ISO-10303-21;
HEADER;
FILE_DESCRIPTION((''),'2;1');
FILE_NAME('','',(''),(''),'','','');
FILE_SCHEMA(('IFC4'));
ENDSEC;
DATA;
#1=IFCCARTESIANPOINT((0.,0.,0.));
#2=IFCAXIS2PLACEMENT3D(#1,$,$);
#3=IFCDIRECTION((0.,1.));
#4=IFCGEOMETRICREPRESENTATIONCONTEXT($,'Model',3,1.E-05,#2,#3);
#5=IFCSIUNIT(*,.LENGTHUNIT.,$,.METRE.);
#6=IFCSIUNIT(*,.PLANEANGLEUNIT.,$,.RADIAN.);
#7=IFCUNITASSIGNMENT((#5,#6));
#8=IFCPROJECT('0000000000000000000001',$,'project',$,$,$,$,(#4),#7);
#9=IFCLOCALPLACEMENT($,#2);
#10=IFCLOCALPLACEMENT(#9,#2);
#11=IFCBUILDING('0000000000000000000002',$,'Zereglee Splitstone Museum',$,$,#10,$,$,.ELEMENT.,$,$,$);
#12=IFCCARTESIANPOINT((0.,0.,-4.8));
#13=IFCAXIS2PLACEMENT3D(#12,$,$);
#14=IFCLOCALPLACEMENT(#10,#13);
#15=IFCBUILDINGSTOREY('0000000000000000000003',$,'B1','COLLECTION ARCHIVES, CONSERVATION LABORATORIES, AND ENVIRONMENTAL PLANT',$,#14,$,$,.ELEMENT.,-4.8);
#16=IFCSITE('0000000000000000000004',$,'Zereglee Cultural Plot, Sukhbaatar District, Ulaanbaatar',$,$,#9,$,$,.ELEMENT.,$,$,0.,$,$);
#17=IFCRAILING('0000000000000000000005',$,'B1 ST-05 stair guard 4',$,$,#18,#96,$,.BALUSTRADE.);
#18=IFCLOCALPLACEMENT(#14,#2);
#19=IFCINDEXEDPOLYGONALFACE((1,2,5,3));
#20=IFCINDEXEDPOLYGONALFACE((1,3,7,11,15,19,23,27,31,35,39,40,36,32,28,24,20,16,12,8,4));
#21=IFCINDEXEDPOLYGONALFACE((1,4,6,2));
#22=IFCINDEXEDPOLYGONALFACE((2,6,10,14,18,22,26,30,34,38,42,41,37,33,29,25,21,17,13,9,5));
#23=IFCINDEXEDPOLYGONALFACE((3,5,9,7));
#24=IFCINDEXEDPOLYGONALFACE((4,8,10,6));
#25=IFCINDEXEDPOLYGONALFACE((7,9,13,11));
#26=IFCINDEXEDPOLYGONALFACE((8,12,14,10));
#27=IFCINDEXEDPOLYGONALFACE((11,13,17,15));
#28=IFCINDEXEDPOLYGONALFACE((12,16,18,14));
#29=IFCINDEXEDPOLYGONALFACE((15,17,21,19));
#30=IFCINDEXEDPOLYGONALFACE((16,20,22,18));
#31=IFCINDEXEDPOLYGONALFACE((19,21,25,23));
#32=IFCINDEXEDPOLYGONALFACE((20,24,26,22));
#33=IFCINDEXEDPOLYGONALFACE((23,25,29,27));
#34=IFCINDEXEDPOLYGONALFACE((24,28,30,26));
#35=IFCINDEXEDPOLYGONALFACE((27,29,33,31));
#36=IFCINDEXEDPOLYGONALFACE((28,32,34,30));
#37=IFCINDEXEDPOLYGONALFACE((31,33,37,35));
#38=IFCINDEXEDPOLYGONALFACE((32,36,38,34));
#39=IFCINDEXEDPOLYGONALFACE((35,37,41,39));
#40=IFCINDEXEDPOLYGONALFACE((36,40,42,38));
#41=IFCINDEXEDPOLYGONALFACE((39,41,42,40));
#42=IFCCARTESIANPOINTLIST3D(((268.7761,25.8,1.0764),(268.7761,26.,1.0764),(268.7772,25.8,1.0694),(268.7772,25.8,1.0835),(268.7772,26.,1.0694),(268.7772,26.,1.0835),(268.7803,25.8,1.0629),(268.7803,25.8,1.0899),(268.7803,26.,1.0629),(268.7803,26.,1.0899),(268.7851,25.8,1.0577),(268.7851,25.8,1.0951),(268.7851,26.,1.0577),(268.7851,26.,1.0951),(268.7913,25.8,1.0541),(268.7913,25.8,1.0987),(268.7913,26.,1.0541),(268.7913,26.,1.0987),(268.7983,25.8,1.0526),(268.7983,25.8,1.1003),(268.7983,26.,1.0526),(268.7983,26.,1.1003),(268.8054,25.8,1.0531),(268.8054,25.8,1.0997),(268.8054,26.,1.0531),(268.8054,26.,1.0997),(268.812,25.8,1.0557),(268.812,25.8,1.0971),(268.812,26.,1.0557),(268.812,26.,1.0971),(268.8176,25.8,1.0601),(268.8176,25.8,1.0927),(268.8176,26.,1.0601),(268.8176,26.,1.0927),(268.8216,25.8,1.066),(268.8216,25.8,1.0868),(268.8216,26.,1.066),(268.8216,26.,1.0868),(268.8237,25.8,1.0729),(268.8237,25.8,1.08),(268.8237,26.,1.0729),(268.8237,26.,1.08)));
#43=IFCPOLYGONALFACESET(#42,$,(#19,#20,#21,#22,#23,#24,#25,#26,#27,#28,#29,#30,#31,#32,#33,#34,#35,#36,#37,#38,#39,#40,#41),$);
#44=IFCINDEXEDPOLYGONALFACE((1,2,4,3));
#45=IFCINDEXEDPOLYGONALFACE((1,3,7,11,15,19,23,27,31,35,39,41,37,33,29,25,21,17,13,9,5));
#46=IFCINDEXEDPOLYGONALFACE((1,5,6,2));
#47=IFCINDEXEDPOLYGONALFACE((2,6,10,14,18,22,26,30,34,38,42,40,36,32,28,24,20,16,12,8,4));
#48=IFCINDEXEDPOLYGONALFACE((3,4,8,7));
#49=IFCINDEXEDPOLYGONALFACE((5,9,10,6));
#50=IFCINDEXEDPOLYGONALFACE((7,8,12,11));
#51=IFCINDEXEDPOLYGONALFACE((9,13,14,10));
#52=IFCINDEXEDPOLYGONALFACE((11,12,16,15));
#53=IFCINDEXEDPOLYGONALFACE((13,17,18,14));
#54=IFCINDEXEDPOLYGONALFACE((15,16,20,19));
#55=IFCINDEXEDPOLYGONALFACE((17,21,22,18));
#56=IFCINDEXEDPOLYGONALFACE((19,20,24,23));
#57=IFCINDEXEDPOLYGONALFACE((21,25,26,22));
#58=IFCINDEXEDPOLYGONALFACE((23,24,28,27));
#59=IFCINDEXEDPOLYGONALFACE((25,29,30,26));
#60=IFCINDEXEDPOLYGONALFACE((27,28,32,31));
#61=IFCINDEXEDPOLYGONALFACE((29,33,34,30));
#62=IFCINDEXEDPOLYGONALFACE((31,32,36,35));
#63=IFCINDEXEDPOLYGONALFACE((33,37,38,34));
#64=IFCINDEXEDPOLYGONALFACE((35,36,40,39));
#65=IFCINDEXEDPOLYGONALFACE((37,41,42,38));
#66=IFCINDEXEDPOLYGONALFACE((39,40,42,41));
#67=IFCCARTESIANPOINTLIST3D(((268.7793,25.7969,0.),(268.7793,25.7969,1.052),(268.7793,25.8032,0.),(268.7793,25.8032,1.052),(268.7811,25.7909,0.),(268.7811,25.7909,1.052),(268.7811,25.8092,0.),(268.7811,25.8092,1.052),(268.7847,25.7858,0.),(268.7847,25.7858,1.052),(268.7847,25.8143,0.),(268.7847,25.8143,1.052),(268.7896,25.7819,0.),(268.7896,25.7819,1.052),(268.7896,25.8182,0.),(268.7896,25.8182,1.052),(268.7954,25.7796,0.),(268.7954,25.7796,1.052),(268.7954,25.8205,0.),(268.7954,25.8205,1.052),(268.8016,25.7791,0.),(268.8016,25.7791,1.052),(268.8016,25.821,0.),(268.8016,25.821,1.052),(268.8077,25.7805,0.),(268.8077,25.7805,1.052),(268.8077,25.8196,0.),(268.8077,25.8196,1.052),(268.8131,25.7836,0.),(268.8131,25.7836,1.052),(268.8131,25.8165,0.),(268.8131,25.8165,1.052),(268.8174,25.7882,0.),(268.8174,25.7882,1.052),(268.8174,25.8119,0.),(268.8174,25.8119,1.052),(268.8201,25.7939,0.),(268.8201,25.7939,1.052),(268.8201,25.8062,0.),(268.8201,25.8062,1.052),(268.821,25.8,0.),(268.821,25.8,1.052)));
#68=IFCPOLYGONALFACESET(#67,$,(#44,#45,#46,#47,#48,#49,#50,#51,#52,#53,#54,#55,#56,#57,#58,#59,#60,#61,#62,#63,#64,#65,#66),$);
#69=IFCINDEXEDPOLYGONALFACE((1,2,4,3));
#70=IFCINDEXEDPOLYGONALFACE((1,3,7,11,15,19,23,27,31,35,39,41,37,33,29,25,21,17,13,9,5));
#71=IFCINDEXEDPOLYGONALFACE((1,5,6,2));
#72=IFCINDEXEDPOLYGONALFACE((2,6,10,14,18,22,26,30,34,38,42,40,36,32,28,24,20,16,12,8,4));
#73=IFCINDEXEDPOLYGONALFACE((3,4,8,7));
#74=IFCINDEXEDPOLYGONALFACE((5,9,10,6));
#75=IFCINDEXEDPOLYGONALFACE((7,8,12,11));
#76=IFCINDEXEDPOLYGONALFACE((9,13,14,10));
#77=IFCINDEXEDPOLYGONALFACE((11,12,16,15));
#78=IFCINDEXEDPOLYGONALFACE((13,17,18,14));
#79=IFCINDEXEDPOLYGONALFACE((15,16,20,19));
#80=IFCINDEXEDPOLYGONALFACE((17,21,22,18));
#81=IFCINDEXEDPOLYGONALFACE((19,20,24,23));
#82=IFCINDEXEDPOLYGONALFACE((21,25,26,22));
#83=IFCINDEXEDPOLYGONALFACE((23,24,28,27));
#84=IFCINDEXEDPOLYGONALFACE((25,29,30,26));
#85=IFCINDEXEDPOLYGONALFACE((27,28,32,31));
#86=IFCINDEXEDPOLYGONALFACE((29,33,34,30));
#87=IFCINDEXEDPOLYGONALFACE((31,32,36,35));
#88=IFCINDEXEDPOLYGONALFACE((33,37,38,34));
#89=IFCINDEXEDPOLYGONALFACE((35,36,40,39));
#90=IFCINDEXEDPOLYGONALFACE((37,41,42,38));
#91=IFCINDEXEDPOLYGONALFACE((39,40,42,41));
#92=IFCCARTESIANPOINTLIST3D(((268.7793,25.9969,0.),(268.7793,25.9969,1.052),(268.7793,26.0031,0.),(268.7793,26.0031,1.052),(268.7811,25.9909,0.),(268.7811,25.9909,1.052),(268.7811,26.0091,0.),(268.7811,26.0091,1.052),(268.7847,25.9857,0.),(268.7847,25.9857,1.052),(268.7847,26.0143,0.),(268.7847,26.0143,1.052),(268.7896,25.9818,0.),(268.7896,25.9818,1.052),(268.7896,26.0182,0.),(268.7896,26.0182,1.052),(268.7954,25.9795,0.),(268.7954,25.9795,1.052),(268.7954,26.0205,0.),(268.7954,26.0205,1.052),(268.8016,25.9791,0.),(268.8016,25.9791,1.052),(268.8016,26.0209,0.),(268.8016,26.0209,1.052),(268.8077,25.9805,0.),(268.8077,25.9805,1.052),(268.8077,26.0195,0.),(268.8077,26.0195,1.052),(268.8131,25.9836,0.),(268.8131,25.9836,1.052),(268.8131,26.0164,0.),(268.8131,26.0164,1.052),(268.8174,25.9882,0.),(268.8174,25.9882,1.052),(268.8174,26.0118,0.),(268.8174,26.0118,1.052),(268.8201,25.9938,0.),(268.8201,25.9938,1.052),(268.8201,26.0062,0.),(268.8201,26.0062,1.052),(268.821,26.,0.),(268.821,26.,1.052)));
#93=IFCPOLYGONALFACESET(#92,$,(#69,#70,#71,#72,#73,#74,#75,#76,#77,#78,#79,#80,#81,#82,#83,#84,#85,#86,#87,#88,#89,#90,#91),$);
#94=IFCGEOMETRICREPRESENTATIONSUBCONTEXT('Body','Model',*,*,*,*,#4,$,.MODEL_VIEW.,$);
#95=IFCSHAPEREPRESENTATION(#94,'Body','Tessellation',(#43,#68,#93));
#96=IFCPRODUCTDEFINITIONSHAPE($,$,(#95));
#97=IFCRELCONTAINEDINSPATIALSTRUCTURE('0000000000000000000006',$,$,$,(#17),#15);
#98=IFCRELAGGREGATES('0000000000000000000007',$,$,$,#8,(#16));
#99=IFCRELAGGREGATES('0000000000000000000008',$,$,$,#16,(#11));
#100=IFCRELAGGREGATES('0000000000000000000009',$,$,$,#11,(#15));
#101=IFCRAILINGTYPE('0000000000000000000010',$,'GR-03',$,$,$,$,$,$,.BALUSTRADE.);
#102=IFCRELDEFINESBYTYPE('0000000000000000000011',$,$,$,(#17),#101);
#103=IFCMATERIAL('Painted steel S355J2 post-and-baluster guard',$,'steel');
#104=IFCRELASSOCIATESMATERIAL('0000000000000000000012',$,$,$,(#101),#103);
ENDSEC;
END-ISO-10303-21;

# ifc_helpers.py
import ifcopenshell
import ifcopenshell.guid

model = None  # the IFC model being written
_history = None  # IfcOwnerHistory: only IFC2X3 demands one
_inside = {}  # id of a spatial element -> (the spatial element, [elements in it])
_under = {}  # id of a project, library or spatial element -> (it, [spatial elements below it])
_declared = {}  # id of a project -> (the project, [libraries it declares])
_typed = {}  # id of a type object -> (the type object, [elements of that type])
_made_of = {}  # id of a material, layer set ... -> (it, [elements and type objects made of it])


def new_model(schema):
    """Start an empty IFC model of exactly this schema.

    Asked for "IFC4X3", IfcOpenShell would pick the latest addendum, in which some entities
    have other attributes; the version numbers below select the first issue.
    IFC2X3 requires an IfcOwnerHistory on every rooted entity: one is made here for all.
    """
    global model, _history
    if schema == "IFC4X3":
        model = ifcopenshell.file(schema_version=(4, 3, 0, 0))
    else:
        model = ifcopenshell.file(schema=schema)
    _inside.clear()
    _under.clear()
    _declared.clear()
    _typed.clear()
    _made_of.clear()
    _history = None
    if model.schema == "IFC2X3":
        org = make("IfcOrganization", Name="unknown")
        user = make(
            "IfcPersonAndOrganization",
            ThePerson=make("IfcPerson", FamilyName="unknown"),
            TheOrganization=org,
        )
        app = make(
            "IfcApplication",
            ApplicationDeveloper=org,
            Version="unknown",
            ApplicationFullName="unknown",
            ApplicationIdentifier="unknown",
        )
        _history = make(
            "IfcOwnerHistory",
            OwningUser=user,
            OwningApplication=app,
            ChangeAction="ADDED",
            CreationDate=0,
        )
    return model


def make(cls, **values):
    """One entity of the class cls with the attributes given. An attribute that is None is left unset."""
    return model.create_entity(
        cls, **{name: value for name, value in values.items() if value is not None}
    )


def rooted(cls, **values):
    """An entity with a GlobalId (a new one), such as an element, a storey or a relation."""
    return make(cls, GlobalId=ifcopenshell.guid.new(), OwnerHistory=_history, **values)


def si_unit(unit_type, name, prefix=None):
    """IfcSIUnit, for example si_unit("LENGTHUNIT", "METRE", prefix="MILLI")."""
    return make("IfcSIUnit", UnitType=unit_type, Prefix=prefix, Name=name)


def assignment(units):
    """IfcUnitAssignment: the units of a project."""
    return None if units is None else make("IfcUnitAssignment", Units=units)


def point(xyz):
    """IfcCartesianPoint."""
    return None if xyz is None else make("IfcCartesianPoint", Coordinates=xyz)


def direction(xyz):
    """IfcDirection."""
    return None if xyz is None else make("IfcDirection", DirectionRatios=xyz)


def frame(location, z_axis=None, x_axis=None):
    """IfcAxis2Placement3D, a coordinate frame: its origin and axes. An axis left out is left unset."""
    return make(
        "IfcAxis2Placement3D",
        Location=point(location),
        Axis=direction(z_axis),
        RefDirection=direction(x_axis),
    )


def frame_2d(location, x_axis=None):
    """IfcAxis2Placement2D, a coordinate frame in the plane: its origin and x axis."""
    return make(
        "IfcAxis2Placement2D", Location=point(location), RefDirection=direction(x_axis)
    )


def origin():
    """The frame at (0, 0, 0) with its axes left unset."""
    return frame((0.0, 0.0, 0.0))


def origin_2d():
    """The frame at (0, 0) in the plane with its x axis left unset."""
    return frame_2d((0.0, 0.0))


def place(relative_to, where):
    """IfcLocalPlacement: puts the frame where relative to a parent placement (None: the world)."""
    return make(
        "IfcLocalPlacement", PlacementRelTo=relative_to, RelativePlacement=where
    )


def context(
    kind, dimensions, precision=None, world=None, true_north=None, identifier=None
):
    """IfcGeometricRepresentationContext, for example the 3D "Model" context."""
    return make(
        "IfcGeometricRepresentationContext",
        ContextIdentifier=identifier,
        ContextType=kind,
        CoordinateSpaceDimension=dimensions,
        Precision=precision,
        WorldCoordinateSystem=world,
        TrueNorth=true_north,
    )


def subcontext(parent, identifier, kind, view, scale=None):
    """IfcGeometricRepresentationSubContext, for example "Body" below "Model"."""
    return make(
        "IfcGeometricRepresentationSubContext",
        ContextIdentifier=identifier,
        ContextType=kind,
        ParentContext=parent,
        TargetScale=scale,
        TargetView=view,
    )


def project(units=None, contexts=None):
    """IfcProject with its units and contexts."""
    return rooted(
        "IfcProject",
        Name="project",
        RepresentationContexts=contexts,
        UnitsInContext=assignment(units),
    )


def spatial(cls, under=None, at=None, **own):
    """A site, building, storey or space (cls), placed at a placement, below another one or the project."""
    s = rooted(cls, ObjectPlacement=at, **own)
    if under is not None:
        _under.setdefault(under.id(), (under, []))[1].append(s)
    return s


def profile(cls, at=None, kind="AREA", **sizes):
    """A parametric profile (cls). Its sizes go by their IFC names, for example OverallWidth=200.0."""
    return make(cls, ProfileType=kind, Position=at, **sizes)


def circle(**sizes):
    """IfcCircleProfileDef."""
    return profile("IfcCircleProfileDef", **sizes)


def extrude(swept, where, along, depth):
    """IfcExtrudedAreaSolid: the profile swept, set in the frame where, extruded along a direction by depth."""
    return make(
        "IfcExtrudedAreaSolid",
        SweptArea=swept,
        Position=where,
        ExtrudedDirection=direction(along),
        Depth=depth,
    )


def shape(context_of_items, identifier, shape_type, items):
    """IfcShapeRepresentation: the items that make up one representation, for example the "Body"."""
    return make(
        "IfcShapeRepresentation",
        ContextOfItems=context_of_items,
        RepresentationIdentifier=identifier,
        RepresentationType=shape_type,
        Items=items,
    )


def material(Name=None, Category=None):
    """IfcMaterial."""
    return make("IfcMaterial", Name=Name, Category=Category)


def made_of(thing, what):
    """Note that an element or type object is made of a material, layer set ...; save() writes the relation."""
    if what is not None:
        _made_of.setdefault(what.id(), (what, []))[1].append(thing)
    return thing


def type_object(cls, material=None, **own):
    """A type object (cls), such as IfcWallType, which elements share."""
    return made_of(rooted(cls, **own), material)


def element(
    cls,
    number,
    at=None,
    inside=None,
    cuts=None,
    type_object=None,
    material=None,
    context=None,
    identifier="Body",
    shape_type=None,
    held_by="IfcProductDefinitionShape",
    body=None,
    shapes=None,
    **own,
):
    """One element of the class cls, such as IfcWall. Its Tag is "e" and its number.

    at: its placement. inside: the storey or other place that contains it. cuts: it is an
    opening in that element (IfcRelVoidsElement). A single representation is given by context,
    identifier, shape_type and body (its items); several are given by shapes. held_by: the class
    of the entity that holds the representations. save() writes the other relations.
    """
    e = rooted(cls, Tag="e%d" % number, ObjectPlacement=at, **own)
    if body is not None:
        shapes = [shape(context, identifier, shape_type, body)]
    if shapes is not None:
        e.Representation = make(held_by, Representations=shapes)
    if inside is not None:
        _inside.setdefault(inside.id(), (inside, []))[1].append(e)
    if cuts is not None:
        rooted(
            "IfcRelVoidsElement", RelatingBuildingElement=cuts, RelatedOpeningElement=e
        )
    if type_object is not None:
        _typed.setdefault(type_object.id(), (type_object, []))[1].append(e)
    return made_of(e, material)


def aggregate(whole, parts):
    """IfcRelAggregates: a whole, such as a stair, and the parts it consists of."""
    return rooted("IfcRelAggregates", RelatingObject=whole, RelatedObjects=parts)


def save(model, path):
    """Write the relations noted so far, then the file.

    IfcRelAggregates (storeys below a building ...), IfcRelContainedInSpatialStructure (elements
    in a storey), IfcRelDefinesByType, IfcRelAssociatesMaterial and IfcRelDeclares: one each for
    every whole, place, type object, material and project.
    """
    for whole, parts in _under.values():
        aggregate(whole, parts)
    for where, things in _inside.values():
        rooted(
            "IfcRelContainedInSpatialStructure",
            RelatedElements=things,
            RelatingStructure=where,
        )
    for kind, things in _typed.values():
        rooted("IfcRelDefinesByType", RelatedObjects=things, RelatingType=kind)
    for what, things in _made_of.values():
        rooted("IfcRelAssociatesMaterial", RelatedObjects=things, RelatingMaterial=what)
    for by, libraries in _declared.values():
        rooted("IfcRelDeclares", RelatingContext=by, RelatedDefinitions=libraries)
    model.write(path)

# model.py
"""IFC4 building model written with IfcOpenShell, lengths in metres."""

from ifc_helpers import new_model, si_unit, direction, frame, origin, origin_2d, place, context, subcontext, project, spatial, circle, extrude, material, type_object, element, save


model = new_model("IFC4")

# Units and contexts
model_context = context("Model", 3, precision=1e-05, world=origin(), true_north=direction((0.0, 1.0)))
body_context = subcontext(model_context, "Body", "Model", "MODEL_VIEW")
ifc_project = project(units=[si_unit("LENGTHUNIT", "METRE"), si_unit("PLANEANGLEUNIT", "RADIAN")], contexts=[model_context])

# Site, building, storey
site_placement = place(None, origin())
site = spatial("IfcSite", under=ifc_project, at=site_placement, Name="Zereglee Cultural Plot, Sukhbaatar District, Ulaanbaatar", CompositionType="ELEMENT", RefElevation=0.0)
building_placement = place(site_placement, origin())
building = spatial("IfcBuilding", under=site, at=building_placement, Name="Zereglee Splitstone Museum", CompositionType="ELEMENT")
storey_placement = place(building_placement, frame((0.0, 0.0, -4.8)))
storey = spatial("IfcBuildingStorey", under=building, at=storey_placement, Name="B1", Description="COLLECTION ARCHIVES, CONSERVATION LABORATORIES, AND ENVIRONMENTAL PLANT", CompositionType="ELEMENT", Elevation=-4.8)

# Railing
ifc_material_1 = material(Name="Painted steel S355J2 post-and-baluster guard", Category="steel")
railing_type_1 = type_object("IfcRailingType", Name="GR-03", PredefinedType="BALUSTRADE", material=ifc_material_1)
railing_1_placement = place(storey_placement, frame((268.8, 25.8, 0.0)))
element("IfcRailing", 1, at=railing_1_placement, inside=storey, type_object=railing_type_1, Name="B1 ST-05 stair guard 4", PredefinedType="BALUSTRADE", context=body_context, shape_type="SweptSolid", body=[
    extrude(circle(Radius=0.0239, at=origin_2d()), frame((0.0, 0.0, 1.0764), z_axis=(0.0, 1.0, 0.0), x_axis=(-1.0, 0.0, 0.0)), (0.0, 0.0, 1.0), 0.2),
    extrude(circle(Radius=0.021, at=origin_2d()), origin(), (0.0, 0.0, 1.0), 1.052),
    extrude(circle(Radius=0.021, at=origin_2d()), frame((0.0, 0.2, 0.0)), (0.0, 0.0, 1.0), 1.052),
])

save(model, "model.ifc")
